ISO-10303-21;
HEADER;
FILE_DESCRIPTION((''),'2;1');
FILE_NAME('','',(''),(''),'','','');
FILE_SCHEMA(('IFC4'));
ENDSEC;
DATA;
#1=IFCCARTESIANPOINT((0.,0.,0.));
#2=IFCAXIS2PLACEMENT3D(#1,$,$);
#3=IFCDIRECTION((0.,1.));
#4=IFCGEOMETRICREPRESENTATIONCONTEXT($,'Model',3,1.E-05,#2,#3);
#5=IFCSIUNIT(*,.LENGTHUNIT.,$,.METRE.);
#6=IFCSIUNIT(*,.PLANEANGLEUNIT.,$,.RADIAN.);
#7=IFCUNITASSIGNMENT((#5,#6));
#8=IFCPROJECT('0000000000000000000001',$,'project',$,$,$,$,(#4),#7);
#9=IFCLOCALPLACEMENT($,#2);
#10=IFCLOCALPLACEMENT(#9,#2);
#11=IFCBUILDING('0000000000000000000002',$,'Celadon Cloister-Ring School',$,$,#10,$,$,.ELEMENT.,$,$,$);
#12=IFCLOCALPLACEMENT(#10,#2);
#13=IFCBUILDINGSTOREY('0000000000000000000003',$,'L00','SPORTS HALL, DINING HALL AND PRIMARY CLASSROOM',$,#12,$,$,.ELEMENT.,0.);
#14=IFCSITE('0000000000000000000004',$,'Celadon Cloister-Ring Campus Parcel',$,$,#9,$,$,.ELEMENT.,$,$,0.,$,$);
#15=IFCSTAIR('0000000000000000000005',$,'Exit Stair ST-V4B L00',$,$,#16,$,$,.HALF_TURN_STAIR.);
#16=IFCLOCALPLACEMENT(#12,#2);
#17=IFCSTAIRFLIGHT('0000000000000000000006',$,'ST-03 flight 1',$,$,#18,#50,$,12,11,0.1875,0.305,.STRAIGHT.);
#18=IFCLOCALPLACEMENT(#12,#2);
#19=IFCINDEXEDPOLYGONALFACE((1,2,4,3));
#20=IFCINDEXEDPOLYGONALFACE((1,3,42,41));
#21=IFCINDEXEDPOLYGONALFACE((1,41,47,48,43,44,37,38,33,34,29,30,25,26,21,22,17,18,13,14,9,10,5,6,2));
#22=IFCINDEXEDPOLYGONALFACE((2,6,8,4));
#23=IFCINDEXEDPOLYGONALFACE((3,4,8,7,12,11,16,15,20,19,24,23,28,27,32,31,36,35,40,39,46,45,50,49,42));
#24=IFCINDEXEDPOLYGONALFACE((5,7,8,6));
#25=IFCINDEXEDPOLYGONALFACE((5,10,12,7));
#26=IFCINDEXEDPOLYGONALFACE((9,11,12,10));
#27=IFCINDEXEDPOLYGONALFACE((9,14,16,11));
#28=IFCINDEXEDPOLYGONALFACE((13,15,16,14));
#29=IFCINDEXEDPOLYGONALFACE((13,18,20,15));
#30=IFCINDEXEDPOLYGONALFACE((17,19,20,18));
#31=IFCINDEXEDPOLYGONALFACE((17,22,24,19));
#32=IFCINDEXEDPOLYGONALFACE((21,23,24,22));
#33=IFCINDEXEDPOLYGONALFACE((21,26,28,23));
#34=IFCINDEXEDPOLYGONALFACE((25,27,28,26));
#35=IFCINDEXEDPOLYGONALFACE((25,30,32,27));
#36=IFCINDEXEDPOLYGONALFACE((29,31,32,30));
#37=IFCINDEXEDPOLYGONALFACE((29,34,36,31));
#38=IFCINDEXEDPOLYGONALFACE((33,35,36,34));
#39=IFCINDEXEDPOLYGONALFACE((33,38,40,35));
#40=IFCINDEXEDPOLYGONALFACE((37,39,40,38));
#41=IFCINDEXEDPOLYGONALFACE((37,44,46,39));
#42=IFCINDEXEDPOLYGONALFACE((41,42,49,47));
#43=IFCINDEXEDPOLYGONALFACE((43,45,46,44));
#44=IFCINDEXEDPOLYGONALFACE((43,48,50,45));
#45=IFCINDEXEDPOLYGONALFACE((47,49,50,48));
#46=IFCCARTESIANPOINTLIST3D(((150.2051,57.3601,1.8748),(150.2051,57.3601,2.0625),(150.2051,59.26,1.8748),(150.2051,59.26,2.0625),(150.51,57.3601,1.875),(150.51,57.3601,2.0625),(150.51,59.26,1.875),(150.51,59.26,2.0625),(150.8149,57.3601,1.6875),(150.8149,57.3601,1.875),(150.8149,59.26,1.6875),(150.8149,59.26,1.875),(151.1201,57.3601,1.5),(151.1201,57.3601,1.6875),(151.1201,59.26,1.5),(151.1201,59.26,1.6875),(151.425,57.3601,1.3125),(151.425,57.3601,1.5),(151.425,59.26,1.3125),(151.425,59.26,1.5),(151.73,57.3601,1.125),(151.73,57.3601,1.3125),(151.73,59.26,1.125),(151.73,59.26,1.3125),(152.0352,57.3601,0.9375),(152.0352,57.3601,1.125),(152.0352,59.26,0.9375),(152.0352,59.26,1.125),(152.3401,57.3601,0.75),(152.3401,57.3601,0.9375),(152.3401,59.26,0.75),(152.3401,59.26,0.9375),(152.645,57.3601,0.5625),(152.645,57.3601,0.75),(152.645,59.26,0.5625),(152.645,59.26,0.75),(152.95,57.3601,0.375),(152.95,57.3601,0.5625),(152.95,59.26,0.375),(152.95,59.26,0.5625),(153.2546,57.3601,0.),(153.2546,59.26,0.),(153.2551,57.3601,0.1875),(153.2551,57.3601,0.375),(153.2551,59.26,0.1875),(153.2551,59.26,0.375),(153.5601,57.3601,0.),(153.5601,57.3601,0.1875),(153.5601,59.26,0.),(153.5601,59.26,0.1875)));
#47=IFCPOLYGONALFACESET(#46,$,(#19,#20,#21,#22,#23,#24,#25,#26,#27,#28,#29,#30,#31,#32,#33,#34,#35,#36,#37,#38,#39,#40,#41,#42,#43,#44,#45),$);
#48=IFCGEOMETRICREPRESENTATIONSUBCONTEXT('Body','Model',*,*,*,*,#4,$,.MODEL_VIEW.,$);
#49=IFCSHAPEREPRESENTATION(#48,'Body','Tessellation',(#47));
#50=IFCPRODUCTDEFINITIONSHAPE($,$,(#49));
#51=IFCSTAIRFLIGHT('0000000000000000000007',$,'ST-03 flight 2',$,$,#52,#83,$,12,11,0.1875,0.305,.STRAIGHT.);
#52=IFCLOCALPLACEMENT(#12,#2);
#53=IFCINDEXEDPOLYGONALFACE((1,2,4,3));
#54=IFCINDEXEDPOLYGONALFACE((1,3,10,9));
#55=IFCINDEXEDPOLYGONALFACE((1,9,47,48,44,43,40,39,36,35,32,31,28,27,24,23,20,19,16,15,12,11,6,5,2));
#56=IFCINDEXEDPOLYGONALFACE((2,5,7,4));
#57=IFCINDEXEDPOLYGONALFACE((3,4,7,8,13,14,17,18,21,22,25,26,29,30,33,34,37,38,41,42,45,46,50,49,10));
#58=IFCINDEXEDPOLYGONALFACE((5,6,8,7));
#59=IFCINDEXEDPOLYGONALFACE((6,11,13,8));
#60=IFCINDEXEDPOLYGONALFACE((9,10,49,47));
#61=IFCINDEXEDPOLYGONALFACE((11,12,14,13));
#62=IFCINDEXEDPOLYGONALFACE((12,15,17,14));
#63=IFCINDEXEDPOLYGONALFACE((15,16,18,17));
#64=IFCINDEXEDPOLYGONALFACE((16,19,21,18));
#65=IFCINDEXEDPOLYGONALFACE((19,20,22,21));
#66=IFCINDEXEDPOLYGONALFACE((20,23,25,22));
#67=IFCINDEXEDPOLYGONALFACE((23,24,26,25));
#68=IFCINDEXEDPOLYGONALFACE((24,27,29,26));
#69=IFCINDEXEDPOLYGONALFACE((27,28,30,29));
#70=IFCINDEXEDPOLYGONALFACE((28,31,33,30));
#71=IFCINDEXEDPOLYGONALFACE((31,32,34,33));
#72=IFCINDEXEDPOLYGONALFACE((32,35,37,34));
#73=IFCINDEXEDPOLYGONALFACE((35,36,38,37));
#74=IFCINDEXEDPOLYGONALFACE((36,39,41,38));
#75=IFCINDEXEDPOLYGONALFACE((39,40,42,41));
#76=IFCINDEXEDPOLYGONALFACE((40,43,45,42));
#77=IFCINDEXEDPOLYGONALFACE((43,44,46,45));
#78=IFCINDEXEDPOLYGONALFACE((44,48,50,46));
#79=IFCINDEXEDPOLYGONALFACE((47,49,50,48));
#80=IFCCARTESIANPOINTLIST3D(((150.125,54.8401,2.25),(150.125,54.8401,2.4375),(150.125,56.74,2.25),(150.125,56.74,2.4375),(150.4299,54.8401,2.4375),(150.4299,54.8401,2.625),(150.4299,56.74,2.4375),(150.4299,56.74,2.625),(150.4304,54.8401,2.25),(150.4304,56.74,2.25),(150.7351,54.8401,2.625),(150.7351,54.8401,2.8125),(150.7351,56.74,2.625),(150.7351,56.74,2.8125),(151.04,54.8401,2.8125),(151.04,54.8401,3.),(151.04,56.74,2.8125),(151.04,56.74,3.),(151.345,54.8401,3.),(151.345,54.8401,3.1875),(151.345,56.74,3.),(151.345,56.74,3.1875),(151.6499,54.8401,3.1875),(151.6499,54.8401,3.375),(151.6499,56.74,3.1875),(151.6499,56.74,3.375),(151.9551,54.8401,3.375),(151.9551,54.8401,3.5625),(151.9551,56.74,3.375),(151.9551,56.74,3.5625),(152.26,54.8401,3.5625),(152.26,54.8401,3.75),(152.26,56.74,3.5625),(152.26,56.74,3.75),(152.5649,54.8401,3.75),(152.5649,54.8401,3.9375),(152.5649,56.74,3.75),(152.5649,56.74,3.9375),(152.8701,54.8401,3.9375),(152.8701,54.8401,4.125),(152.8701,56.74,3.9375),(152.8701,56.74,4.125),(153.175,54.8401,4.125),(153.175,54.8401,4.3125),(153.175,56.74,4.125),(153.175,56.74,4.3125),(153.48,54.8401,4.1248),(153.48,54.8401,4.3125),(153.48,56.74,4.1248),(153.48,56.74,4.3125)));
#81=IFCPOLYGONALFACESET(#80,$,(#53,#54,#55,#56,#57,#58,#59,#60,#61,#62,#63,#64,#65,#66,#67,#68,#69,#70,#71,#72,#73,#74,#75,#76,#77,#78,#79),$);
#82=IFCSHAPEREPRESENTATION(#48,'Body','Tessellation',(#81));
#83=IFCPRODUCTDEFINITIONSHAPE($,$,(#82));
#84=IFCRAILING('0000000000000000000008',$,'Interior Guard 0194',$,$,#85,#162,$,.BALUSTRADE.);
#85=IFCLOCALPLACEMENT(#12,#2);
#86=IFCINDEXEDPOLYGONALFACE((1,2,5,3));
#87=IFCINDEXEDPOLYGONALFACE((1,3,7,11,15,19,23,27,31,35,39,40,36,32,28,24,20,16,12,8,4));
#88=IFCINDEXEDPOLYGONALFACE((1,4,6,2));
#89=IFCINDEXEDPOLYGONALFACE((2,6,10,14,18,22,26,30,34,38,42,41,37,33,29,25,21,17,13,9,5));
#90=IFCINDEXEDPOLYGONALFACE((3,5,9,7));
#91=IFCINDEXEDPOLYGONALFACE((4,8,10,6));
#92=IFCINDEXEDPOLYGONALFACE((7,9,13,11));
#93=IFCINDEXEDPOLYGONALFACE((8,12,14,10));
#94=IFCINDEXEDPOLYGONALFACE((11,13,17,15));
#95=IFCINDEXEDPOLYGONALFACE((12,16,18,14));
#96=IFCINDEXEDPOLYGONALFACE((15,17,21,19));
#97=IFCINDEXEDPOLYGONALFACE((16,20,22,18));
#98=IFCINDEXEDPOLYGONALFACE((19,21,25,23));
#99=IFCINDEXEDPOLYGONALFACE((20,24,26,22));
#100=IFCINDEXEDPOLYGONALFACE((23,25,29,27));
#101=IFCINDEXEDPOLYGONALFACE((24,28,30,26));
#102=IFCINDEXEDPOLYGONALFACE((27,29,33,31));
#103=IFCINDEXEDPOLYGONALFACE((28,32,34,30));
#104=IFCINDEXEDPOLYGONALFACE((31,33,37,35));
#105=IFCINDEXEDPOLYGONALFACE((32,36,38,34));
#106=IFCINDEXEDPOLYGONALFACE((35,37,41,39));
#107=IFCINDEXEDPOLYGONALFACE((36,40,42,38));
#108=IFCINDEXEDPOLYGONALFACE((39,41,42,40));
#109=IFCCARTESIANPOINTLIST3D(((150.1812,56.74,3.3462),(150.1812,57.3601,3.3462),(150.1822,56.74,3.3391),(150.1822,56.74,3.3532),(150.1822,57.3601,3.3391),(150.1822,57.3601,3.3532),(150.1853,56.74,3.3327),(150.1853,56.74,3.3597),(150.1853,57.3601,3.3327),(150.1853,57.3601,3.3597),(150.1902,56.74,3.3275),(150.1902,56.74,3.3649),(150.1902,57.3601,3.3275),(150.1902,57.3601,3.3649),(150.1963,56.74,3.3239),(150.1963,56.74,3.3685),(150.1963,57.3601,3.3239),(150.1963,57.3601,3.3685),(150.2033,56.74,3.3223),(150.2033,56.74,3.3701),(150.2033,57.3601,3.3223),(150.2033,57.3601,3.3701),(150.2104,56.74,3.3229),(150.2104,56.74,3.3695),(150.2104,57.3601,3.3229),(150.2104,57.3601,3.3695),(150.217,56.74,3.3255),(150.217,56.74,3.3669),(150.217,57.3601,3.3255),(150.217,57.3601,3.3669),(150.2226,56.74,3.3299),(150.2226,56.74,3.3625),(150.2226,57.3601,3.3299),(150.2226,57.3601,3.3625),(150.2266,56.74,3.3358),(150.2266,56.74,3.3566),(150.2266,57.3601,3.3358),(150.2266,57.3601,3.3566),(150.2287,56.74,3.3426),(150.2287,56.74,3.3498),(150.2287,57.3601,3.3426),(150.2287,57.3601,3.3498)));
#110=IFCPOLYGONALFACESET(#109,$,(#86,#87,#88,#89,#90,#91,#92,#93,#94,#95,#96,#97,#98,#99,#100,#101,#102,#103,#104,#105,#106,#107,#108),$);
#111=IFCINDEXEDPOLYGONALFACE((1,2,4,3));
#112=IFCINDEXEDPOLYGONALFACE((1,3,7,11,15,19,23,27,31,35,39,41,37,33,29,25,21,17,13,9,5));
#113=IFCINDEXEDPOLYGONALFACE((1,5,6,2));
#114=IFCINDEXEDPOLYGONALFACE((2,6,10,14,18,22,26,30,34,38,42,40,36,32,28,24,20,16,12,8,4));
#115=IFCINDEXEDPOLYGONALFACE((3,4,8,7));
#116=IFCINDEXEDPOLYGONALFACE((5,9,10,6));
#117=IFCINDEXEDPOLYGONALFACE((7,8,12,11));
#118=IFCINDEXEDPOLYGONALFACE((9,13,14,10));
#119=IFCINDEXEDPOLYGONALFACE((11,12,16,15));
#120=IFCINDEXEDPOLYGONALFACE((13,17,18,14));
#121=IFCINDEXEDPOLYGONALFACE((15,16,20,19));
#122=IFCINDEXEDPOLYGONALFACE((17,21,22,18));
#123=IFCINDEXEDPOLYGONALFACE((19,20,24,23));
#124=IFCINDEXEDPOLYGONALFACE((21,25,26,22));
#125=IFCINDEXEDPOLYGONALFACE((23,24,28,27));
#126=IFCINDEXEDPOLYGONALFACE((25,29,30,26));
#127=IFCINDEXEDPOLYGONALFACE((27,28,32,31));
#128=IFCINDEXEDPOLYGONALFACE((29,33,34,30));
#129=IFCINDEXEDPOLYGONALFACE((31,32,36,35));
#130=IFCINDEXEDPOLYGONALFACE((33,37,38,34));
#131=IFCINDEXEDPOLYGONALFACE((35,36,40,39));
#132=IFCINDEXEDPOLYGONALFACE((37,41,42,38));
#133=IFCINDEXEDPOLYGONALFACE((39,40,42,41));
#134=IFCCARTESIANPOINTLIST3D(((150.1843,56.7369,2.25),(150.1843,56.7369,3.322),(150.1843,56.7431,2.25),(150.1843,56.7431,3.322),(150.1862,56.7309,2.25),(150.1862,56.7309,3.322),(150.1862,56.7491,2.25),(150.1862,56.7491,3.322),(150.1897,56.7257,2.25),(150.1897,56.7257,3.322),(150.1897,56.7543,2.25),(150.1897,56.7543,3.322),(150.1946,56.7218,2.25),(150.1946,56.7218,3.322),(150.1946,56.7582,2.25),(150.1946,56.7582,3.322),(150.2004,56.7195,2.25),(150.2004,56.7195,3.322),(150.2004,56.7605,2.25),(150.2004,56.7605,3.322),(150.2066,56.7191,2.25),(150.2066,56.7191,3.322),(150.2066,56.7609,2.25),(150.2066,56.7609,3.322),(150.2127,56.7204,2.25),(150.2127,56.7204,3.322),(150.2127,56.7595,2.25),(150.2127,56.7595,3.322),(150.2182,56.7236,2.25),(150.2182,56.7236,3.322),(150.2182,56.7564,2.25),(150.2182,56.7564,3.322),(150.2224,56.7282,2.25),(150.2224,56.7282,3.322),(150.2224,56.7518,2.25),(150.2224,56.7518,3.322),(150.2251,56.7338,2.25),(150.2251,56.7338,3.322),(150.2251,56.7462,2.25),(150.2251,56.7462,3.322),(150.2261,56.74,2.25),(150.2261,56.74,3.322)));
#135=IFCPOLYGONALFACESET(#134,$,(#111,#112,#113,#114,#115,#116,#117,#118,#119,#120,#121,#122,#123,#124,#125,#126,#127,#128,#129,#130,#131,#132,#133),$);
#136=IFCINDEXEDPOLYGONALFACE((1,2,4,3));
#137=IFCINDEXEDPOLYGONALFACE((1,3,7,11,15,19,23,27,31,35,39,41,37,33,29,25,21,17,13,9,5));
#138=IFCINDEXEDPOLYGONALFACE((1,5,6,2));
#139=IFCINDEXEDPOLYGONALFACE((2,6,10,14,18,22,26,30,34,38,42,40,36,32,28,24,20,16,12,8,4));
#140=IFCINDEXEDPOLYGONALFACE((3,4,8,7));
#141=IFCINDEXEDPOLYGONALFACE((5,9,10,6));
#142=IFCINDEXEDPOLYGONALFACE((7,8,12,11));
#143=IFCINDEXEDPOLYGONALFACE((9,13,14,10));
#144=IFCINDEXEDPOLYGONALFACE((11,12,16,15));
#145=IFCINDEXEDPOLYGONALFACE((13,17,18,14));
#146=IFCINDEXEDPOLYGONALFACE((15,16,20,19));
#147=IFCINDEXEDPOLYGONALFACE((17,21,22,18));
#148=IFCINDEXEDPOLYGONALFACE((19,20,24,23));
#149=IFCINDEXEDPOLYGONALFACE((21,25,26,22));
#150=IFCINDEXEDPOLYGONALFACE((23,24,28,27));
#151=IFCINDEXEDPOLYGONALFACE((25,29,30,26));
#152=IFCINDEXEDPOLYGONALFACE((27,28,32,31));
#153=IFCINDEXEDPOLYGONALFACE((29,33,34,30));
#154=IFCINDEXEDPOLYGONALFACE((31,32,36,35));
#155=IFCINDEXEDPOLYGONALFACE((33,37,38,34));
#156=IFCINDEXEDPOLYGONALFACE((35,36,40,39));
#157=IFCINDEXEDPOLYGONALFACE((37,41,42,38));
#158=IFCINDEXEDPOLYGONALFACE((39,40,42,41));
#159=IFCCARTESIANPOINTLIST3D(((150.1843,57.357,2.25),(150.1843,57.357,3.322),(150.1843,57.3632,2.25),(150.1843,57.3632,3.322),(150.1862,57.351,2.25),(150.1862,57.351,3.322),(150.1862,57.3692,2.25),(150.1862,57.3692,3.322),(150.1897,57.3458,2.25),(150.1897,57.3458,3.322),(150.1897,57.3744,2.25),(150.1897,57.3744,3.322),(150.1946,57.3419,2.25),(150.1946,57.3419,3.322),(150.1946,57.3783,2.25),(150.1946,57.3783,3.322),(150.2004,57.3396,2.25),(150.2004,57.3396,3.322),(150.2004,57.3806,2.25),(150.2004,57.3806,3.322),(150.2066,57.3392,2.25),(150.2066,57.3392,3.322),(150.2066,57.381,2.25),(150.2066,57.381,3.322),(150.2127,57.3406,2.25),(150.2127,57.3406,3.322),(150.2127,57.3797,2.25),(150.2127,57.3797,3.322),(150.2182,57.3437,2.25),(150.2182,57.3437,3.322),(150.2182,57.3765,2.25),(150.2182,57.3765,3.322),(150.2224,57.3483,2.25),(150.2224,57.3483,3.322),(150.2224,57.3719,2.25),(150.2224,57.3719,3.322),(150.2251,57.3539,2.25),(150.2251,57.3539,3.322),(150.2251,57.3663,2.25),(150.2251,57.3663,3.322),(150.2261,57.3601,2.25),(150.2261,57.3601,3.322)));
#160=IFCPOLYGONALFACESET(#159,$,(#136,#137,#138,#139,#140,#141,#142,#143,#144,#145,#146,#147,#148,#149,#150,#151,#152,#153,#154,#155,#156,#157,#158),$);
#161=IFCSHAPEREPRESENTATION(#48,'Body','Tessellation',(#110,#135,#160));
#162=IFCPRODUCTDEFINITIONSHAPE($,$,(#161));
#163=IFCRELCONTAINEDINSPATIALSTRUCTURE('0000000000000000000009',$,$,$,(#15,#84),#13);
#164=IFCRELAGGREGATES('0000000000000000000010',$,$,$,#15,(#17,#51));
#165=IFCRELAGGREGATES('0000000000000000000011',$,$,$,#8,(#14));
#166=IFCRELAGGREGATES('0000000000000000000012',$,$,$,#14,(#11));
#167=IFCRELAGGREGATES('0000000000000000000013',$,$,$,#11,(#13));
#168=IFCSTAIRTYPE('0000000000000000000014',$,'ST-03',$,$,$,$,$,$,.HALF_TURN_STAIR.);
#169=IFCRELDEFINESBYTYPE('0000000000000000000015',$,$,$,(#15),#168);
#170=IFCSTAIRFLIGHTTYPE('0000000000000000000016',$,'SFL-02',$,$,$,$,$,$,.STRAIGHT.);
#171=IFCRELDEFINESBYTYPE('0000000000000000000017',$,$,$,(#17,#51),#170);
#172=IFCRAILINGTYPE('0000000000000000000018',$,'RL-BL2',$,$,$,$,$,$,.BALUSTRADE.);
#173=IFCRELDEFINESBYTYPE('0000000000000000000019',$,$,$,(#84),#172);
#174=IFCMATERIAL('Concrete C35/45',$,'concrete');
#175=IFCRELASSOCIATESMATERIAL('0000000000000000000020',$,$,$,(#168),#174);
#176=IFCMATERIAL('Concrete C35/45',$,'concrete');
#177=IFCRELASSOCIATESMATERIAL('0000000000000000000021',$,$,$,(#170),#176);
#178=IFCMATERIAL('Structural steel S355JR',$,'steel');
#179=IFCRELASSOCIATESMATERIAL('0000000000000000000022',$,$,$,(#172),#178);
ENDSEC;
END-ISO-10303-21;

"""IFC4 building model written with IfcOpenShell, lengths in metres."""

from ifc_helpers import new_model, si_unit, direction, frame, origin, origin_2d, place, context, subcontext, project, spatial, polyline, circle, outline, extrude, material, type_object, element, aggregate, save


model = new_model("IFC4")

# Units and contexts
model_context = context("Model", 3, precision=1e-05, world=origin(), true_north=direction((0.0, 1.0)))
body_context = subcontext(model_context, "Body", "Model", "MODEL_VIEW")
ifc_project = project(units=[si_unit("LENGTHUNIT", "METRE"), si_unit("PLANEANGLEUNIT", "RADIAN")], contexts=[model_context])

# Site, building, storey
site_placement = place(None, origin())
site = spatial("IfcSite", under=ifc_project, at=site_placement, Name="Celadon Cloister-Ring Campus Parcel", CompositionType="ELEMENT", RefElevation=0.0)
building_placement = place(site_placement, origin())
building = spatial("IfcBuilding", under=site, at=building_placement, Name="Celadon Cloister-Ring School", CompositionType="ELEMENT")
storey_placement = place(building_placement, origin())
storey = spatial("IfcBuildingStorey", under=building, at=storey_placement, Name="L00", Description="SPORTS HALL, DINING HALL AND PRIMARY CLASSROOM", CompositionType="ELEMENT", Elevation=0.0)

# Stair, stair flights
ifc_material_1 = material(Name="Concrete C35/45", Category="concrete")
stair_type = type_object("IfcStairType", Name="ST-03", PredefinedType="HALF_TURN_STAIR", material=ifc_material_1)
stair_placement = place(storey_placement, origin())
stair = element("IfcStair", 1, at=stair_placement, inside=storey, type_object=stair_type, Name="Exit Stair ST-V4B L00", PredefinedType="HALF_TURN_STAIR")
ifc_material_2 = material(Name="Concrete C35/45", Category="concrete")
stair_flight_type = type_object("IfcStairFlightType", Name="SFL-02", PredefinedType="STRAIGHT", material=ifc_material_2)
stair_flight_1_placement = place(storey_placement, frame((153.5601, 58.3101, 0.0), z_axis=(0.0, 0.0, 1.0), x_axis=(-1.0, 0.0, 0.0)))
stair_flight_1 = element("IfcStairFlight", 2, at=stair_flight_1_placement, type_object=stair_flight_type, Name="ST-03 flight 1", NumberOfRisers=12, NumberOfTreads=11, PredefinedType="STRAIGHT", RiserHeight=0.1875, TreadLength=0.305, context=body_context, shape_type="SweptSolid", body=[
    extrude(outline(polyline([(0.0, 0.0), (0.0, 0.1875), (0.3049, 0.1875), (0.3049, 0.375), (0.6101, 0.375), (0.6101, 0.5625), (0.915, 0.5625), (0.915, 0.75), (1.22, 0.75), (1.22, 0.9375), (1.5249, 0.9375), (1.5249, 1.125), (1.8301, 1.125), (1.8301, 1.3125), (2.135, 1.3125), (2.135, 1.5), (2.4399, 1.5), (2.4399, 1.6875), (2.7451, 1.6875), (2.7451, 1.875), (3.05, 1.875), (3.05, 2.0625), (3.355, 2.0625), (3.355, 2.25), (3.355, 1.8748), (0.3054, 0.0), (0.0, 0.0)])), frame((0.0, 0.95, 0.0), z_axis=(0.0, -1.0, 0.0), x_axis=(1.0, 0.0, 0.0)), (0.0, 0.0, 1.0), 1.8999),
])
stair_flight_2_placement = place(storey_placement, frame((150.125, 55.79, 2.25), z_axis=(0.0, 0.0, 1.0), x_axis=(1.0, 0.0, 0.0)))
stair_flight_2 = element("IfcStairFlight", 3, at=stair_flight_2_placement, type_object=stair_flight_type, Name="ST-03 flight 2", NumberOfRisers=12, NumberOfTreads=11, PredefinedType="STRAIGHT", RiserHeight=0.1875, TreadLength=0.305, context=body_context, shape_type="SweptSolid", body=[
    extrude(outline(polyline([(0.0, 0.0), (0.0, 0.1875), (0.3049, 0.1875), (0.3049, 0.375), (0.6101, 0.375), (0.6101, 0.5625), (0.915, 0.5625), (0.915, 0.75), (1.22, 0.75), (1.22, 0.9375), (1.5249, 0.9375), (1.5249, 1.125), (1.8301, 1.125), (1.8301, 1.3125), (2.135, 1.3125), (2.135, 1.5), (2.4399, 1.5), (2.4399, 1.6875), (2.7451, 1.6875), (2.7451, 1.875), (3.05, 1.875), (3.05, 2.0625), (3.355, 2.0625), (3.355, 2.25), (3.355, 1.8748), (0.3054, 0.0), (0.0, 0.0)])), frame((0.0, 0.95, 0.0), z_axis=(0.0, -1.0, 0.0), x_axis=(1.0, 0.0, 0.0)), (0.0, 0.0, 1.0), 1.8999),
])
aggregate(stair, [stair_flight_1, stair_flight_2])

# Railing
ifc_material_3 = material(Name="Structural steel S355JR", Category="steel")
railing_type_1 = type_object("IfcRailingType", Name="RL-BL2", PredefinedType="BALUSTRADE", material=ifc_material_3)
railing_placement = place(storey_placement, frame((150.2051, 56.74, 2.25)))
element("IfcRailing", 4, at=railing_placement, inside=storey, type_object=railing_type_1, Name="Interior Guard 0194", PredefinedType="BALUSTRADE", context=body_context, shape_type="SweptSolid", body=[
    extrude(circle(Radius=0.0239, at=origin_2d()), frame((0.0, 0.0, 1.0962), z_axis=(0.0, 1.0, 0.0), x_axis=(-1.0, 0.0, 0.0)), (0.0, 0.0, 1.0), 0.6201),
    extrude(circle(Radius=0.021, at=origin_2d()), origin(), (0.0, 0.0, 1.0), 1.072),
    extrude(circle(Radius=0.021, at=origin_2d()), frame((0.0, 0.6201, 0.0)), (0.0, 0.0, 1.0), 1.072),
])

save(model, "model.ifc")
